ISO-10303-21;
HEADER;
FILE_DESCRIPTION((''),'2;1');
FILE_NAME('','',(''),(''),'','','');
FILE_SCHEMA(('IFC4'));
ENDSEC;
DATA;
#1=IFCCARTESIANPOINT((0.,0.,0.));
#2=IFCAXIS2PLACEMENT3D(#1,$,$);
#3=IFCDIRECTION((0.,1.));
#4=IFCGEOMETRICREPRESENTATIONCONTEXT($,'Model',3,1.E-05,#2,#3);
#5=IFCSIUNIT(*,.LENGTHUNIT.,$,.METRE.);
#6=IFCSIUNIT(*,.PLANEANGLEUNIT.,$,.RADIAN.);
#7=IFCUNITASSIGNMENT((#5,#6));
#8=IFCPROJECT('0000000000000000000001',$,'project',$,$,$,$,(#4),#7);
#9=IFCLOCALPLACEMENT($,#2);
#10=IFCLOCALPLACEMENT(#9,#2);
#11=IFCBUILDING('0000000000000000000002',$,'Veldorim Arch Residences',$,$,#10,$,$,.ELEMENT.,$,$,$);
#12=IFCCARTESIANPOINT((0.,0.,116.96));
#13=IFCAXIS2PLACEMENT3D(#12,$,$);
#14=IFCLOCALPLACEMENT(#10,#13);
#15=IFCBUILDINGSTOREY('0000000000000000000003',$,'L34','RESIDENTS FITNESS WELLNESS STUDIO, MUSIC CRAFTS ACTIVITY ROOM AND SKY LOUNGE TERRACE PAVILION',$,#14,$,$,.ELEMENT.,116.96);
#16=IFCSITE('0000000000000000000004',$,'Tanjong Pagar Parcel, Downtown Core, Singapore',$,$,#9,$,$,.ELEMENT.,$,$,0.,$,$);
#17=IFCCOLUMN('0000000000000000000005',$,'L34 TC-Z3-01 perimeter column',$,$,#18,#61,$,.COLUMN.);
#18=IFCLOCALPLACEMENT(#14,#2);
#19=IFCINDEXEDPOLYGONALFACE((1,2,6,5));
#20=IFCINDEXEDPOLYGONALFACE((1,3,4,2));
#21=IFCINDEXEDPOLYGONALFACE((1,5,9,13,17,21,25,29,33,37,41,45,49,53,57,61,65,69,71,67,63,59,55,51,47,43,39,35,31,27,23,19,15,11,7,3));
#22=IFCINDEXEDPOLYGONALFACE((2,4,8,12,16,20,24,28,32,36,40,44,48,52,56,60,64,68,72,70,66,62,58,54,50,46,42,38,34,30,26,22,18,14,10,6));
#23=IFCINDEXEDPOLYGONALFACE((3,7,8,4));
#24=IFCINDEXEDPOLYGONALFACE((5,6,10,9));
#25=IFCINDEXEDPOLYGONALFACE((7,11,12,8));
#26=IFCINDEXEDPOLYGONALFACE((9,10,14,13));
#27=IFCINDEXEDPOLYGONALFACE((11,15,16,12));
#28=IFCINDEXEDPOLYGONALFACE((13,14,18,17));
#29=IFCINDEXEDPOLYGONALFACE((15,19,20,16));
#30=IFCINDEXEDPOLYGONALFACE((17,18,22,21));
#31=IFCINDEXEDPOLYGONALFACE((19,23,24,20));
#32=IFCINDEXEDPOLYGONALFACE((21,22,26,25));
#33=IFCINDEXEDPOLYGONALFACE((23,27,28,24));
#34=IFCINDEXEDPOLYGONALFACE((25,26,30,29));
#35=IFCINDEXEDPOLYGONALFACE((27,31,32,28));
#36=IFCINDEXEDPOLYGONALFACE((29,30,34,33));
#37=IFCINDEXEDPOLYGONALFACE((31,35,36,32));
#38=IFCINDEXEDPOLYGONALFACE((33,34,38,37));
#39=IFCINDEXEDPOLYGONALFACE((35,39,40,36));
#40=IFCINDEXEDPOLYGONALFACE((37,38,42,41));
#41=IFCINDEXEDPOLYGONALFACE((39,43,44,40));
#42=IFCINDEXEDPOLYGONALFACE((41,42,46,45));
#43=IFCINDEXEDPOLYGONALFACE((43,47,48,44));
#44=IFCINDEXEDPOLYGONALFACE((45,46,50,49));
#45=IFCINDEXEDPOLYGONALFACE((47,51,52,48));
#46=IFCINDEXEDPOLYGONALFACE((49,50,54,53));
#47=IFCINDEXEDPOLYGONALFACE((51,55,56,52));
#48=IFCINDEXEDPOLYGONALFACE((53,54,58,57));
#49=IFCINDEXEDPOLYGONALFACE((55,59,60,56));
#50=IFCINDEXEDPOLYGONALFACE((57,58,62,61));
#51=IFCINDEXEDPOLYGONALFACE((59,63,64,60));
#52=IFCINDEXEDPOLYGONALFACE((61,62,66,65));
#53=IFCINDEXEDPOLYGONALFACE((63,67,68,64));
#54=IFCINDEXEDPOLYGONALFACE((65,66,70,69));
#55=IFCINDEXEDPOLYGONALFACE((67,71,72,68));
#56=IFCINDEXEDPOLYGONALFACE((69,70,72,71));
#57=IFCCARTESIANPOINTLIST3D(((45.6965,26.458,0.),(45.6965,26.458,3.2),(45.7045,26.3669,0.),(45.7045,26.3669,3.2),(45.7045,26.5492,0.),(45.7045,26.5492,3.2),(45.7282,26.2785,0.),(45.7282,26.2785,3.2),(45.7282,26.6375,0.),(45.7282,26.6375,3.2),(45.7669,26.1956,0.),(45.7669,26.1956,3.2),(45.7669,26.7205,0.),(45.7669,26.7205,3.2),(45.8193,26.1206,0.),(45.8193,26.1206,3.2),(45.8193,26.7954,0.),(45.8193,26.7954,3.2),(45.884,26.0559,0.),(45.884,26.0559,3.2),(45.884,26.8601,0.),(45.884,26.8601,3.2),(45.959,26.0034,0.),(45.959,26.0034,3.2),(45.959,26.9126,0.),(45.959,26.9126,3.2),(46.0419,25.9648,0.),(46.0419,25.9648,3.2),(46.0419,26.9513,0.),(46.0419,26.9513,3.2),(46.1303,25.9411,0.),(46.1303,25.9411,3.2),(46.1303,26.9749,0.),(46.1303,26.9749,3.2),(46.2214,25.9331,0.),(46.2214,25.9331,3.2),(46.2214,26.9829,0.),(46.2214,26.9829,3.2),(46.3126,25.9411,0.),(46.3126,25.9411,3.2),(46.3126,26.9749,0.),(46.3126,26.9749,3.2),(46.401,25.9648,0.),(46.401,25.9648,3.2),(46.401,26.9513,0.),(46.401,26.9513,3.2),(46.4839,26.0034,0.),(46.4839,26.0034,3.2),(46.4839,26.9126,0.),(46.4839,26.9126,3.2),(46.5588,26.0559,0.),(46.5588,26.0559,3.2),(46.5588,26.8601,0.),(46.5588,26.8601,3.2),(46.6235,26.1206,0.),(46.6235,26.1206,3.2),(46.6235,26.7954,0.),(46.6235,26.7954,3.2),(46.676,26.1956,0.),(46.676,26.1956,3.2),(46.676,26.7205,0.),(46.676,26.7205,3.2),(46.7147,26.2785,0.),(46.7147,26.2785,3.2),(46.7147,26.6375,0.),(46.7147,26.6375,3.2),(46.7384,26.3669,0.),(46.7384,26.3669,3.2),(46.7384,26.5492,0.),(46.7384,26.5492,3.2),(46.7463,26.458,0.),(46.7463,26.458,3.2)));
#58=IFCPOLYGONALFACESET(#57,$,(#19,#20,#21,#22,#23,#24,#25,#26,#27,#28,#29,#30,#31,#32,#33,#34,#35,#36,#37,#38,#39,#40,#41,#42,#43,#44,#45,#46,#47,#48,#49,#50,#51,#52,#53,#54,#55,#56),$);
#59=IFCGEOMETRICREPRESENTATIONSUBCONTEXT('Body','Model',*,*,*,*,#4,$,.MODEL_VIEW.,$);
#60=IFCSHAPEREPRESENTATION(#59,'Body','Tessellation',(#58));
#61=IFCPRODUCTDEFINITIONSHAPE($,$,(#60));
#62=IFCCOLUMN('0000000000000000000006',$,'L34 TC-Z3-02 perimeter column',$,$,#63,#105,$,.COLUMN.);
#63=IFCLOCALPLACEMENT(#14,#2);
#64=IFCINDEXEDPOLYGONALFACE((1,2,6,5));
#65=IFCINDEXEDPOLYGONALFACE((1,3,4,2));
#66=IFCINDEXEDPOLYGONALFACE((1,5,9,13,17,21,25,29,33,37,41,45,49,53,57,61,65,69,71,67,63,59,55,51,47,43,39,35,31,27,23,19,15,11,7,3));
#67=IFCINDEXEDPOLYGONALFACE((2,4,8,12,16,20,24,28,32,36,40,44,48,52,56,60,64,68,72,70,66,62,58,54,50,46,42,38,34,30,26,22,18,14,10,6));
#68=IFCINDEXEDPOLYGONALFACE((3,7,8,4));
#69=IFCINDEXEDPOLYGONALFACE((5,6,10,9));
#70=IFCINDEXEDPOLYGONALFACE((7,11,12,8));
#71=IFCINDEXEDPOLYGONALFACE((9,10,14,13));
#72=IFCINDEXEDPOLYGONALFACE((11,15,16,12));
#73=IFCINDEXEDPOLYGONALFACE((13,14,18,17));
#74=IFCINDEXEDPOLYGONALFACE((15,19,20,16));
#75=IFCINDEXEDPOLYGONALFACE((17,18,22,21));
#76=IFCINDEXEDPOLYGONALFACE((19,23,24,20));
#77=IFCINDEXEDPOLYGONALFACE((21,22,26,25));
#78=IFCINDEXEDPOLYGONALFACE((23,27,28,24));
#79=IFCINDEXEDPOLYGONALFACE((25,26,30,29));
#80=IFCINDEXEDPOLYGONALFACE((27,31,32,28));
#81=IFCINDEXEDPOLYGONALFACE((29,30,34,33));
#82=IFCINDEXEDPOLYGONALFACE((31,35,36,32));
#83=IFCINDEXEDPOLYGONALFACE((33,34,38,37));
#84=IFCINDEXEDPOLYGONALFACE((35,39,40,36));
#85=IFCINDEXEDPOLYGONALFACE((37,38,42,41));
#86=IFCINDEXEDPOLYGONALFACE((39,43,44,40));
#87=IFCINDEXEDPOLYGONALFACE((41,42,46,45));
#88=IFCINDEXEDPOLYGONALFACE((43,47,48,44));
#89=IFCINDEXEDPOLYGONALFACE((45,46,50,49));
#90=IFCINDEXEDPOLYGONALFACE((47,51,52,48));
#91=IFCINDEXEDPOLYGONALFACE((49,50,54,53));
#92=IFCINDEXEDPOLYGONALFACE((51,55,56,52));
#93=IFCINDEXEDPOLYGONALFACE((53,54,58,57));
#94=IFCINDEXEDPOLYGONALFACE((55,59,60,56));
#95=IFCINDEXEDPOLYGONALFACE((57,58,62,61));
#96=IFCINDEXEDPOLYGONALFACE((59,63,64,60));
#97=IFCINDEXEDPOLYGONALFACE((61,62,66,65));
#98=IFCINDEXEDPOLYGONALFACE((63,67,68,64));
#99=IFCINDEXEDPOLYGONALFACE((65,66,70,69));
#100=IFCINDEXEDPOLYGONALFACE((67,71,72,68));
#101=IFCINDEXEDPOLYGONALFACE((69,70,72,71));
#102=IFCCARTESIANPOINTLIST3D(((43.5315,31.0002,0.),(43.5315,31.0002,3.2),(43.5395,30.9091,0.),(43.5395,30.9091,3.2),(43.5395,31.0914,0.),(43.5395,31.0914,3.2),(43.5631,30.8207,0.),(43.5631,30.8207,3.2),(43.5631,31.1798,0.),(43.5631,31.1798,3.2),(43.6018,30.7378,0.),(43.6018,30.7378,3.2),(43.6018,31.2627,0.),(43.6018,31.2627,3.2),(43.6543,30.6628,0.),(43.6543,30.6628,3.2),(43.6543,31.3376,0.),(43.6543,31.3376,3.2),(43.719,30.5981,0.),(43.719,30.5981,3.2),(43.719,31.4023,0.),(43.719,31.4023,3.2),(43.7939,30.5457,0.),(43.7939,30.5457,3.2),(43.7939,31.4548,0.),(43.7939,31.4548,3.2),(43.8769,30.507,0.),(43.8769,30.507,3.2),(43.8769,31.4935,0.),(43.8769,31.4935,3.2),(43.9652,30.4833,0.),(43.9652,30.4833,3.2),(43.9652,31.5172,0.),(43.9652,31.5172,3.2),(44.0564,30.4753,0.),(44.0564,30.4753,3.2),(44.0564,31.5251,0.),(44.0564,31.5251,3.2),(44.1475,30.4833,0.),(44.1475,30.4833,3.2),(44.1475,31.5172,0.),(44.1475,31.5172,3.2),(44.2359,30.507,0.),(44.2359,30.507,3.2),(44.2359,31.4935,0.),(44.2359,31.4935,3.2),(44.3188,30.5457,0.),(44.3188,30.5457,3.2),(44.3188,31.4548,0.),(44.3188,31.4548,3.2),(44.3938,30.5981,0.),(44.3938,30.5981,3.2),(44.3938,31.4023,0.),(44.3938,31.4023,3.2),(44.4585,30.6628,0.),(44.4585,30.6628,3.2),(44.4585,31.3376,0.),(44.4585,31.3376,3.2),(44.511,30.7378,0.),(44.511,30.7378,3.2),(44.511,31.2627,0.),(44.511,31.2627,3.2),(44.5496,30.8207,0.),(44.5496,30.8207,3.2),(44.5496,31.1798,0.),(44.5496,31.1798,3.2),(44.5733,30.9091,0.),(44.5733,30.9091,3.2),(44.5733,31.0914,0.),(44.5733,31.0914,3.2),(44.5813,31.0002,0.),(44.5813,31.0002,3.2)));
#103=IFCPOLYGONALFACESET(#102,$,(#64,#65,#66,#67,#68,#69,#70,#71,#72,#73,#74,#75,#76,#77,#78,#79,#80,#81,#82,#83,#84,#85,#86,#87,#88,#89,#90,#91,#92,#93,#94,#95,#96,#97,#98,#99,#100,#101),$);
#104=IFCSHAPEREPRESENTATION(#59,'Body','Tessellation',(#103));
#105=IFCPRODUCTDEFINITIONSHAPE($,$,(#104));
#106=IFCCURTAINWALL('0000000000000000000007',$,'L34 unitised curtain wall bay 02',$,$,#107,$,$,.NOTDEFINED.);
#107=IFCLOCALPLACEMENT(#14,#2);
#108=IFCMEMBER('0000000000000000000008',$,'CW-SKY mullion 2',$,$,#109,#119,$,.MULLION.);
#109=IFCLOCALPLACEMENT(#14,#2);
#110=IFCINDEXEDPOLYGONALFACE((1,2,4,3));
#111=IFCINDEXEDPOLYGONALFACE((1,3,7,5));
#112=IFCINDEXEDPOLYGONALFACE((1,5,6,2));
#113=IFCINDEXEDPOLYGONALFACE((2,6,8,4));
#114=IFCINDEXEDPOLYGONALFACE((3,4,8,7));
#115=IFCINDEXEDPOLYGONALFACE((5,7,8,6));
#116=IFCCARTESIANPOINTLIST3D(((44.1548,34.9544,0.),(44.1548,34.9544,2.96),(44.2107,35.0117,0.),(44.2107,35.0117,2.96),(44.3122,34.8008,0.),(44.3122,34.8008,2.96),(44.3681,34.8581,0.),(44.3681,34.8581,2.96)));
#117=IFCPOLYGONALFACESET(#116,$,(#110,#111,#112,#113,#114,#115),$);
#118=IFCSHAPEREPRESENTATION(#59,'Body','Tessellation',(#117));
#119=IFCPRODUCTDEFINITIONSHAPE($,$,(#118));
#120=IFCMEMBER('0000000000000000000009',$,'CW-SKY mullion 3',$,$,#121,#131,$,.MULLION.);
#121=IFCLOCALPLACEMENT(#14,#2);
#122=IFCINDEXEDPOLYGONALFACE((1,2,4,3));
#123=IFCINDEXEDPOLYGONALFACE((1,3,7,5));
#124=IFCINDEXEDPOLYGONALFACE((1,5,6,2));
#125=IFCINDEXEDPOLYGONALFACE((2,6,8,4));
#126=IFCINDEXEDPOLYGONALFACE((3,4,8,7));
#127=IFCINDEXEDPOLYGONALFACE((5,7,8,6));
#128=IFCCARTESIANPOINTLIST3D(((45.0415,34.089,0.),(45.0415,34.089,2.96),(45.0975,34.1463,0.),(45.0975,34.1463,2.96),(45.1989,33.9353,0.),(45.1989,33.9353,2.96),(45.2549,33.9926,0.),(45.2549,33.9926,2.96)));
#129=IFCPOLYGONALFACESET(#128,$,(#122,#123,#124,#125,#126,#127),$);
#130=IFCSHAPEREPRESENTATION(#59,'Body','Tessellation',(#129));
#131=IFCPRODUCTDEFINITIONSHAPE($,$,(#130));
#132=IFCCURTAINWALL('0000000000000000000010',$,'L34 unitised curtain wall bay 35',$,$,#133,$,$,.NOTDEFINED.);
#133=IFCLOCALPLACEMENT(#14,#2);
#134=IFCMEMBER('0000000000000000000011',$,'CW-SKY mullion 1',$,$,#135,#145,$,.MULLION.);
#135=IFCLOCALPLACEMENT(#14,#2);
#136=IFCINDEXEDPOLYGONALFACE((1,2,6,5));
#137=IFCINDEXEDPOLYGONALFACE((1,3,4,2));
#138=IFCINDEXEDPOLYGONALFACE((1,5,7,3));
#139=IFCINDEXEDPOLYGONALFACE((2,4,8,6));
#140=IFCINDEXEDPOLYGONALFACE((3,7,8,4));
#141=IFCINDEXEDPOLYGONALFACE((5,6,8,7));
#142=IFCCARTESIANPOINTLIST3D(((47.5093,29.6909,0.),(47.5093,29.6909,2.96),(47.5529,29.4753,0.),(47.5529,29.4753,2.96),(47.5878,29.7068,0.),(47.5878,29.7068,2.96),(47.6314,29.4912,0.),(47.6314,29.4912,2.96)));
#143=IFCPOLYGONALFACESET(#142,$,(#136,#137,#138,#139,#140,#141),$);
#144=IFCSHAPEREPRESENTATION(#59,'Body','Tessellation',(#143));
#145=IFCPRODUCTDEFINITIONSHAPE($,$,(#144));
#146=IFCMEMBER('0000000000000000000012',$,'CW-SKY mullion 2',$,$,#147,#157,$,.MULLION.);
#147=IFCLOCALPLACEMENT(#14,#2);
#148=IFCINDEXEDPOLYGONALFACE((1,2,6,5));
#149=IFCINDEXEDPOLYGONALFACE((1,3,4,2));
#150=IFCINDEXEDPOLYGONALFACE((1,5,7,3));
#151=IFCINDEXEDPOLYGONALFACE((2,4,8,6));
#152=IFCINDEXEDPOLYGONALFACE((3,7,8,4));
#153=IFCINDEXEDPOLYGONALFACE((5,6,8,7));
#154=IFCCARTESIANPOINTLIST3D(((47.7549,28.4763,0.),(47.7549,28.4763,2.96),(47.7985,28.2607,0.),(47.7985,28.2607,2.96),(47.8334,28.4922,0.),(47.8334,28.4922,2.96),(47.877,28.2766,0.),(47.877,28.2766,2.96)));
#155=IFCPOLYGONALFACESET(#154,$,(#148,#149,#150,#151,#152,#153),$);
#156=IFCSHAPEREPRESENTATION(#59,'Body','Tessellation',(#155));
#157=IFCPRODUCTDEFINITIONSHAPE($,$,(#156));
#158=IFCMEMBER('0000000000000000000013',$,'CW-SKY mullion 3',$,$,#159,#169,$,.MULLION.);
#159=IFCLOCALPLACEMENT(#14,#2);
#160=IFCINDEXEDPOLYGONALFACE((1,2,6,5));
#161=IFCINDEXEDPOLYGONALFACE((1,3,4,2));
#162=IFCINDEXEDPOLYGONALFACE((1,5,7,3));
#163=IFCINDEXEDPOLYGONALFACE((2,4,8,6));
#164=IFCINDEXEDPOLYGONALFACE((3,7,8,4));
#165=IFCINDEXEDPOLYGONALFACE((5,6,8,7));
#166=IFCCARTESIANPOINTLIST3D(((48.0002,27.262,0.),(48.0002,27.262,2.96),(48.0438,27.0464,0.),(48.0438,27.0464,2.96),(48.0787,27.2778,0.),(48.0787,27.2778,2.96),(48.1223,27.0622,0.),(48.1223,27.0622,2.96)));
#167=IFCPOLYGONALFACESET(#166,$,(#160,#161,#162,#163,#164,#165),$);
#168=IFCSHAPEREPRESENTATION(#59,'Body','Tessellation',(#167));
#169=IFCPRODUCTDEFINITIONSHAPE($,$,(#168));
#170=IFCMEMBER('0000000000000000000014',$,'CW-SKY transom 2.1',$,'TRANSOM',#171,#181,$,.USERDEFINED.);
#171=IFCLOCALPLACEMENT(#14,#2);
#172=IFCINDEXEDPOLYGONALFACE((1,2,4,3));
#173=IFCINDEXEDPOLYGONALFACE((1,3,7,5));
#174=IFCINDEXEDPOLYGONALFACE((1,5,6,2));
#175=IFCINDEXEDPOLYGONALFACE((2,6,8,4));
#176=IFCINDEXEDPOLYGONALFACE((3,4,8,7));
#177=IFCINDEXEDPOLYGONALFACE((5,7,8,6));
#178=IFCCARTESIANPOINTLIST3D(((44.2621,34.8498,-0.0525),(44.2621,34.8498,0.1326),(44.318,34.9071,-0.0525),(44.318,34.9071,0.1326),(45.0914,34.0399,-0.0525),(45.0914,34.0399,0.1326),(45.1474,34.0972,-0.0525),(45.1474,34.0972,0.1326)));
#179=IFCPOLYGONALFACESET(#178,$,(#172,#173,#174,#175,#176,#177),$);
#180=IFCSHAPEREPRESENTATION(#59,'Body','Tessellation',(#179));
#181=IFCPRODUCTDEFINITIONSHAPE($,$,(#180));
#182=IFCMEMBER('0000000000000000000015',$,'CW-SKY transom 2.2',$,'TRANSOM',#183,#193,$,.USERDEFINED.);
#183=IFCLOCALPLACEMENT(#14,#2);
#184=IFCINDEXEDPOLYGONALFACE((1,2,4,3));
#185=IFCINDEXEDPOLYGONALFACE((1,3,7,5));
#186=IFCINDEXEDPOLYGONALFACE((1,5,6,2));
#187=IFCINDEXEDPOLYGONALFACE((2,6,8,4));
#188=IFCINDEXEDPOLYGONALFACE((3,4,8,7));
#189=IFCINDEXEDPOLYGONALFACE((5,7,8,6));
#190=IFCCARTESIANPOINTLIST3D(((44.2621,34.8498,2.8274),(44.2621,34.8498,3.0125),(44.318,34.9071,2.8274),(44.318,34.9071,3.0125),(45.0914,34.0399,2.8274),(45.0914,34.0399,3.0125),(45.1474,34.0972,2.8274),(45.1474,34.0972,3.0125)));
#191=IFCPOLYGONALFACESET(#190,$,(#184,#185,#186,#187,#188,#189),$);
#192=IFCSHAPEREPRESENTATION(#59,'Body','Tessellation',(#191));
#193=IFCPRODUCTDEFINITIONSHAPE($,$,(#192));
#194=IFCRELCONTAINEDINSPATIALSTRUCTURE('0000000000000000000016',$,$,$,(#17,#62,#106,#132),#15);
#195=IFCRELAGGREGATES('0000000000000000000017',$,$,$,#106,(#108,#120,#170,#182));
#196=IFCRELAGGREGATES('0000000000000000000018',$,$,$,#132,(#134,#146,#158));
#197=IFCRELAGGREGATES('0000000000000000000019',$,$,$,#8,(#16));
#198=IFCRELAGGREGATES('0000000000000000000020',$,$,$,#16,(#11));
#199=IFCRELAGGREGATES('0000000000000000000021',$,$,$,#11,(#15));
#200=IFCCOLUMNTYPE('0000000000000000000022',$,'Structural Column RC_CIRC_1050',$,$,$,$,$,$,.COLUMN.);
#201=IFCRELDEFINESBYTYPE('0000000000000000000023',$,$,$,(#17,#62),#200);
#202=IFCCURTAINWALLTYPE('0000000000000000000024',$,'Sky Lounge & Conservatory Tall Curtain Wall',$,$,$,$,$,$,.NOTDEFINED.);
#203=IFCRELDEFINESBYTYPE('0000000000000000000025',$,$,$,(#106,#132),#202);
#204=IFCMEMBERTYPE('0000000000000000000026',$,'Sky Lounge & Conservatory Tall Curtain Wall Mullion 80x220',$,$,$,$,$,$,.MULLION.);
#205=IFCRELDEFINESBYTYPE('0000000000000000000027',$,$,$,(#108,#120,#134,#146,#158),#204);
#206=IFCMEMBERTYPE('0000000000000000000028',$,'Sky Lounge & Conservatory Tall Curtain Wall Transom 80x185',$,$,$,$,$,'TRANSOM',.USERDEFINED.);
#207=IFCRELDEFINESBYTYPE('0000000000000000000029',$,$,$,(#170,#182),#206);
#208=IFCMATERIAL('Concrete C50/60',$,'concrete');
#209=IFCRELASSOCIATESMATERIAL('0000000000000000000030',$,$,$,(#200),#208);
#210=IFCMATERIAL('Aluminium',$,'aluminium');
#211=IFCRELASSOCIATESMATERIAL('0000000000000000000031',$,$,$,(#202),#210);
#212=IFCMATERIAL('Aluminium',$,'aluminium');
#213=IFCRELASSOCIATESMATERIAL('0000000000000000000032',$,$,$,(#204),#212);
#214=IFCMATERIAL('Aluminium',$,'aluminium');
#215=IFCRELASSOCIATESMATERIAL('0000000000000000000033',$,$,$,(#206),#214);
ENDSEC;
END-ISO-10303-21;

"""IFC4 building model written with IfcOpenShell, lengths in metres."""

from ifc_helpers import new_model, si_unit, direction, frame, origin, origin_2d, place, context, subcontext, project, spatial, rectangle, circle, extrude, material, material_profile, profile_set, type_object, element, aggregate, save


model = new_model("IFC4")

# Units and contexts
model_context = context("Model", 3, precision=1e-05, world=origin(), true_north=direction((0.0, 1.0)))
body_context = subcontext(model_context, "Body", "Model", "MODEL_VIEW")
ifc_project = project(units=[si_unit("LENGTHUNIT", "METRE"), si_unit("PLANEANGLEUNIT", "RADIAN")], contexts=[model_context])

# Site, building, storey
site_placement = place(None, origin())
site = spatial("IfcSite", under=ifc_project, at=site_placement, Name="Tanjong Pagar Parcel, Downtown Core, Singapore", CompositionType="ELEMENT", RefElevation=0.0)
building_placement = place(site_placement, origin())
building = spatial("IfcBuilding", under=site, at=building_placement, Name="Veldorim Arch Residences", CompositionType="ELEMENT")
storey_placement = place(building_placement, frame((0.0, 0.0, 116.96)))
storey = spatial("IfcBuildingStorey", under=building, at=storey_placement, Name="L34", Description="RESIDENTS FITNESS WELLNESS STUDIO, MUSIC CRAFTS ACTIVITY ROOM AND SKY LOUNGE TERRACE PAVILION", CompositionType="ELEMENT", Elevation=116.96)

# Columns
ifc_material_1 = material(Name="Concrete C50/60", Category="concrete")
ifc_material_profile_1 = material_profile(ifc_material_1, circle(Radius=0.5249, at=origin_2d()), Name="RC_CIRC_1050")
ifc_profile_set_1 = profile_set([ifc_material_profile_1], Name="Concrete C50/60")
column_type = type_object("IfcColumnType", Name="Structural Column RC_CIRC_1050", PredefinedType="COLUMN", material=ifc_profile_set_1)
for number, where, z_axis, x_axis, name in (
    (1, (46.2214, 26.458, 0.0), (0.0, 0.0, 1.0), (1.0, 0.0, 0.0), "L34 TC-Z3-01 perimeter column"),
    (2, (44.0564, 31.0002, 0.0), (0.0, 0.0, 1.0), (1.0, 0.0, 0.0), "L34 TC-Z3-02 perimeter column"),
):
    element("IfcColumn", number, at=place(storey_placement, frame(where, z_axis=z_axis, x_axis=x_axis)), inside=storey, type_object=column_type, Name=name, PredefinedType="COLUMN", context=body_context, shape_type="SweptSolid", body=[
        extrude(circle(Radius=0.5249, at=origin_2d()), origin(), (0.0, 0.0, 1.0), 3.2),
    ])

# Curtain walls, members
ifc_material_2 = material(Name="Aluminium", Category="aluminium")
curtain_wall_type = type_object("IfcCurtainWallType", Name="Sky Lounge & Conservatory Tall Curtain Wall", PredefinedType="NOTDEFINED", material=ifc_material_2)
curtain_wall_1_placement = place(storey_placement, origin())
curtain_wall_1 = element("IfcCurtainWall", 3, at=curtain_wall_1_placement, inside=storey, type_object=curtain_wall_type, Name="L34 unitised curtain wall bay 02", PredefinedType="NOTDEFINED")
ifc_material_3 = material(Name="Aluminium", Category="aluminium")
ifc_material_profile_2 = material_profile(ifc_material_3, rectangle(XDim=0.0801, YDim=0.22, at=origin_2d()), Name="ALU_MUL_80x220")
ifc_profile_set_2 = profile_set([ifc_material_profile_2], Name="Aluminium")
member_type_1 = type_object("IfcMemberType", Name="Sky Lounge & Conservatory Tall Curtain Wall Mullion 80x220", PredefinedType="MULLION", material=ifc_profile_set_2)
member_1_placement = place(storey_placement, frame((44.2615, 34.9062, 0.0), z_axis=(0.0, 0.0, 1.0), x_axis=(0.698573, 0.715538, 0.0)))
member_1 = element("IfcMember", 4, at=member_1_placement, type_object=member_type_1, Name="CW-SKY mullion 2", PredefinedType="MULLION", context=body_context, shape_type="SweptSolid", body=[
    extrude(rectangle(XDim=0.0801, YDim=0.22, at=origin_2d()), origin(), (0.0, 0.0, 1.0), 2.96),
])
member_2_placement = place(storey_placement, frame((45.1482, 34.0408, 0.0), z_axis=(0.0, 0.0, 1.0), x_axis=(0.698573, 0.715538, 0.0)))
member_2 = element("IfcMember", 5, at=member_2_placement, type_object=member_type_1, Name="CW-SKY mullion 3", PredefinedType="MULLION", context=body_context, shape_type="SweptSolid", body=[
    extrude(rectangle(XDim=0.0801, YDim=0.22, at=origin_2d()), origin(), (0.0, 0.0, 1.0), 2.96),
])
curtain_wall_2_placement = place(storey_placement, origin())
curtain_wall_2 = element("IfcCurtainWall", 6, at=curtain_wall_2_placement, inside=storey, type_object=curtain_wall_type, Name="L34 unitised curtain wall bay 35", PredefinedType="NOTDEFINED")
member_3_placement = place(storey_placement, frame((47.5703, 29.5911, 0.0), z_axis=(0.0, 0.0, 1.0), x_axis=(0.980165, 0.198183, 0.0)))
member_3 = element("IfcMember", 7, at=member_3_placement, type_object=member_type_1, Name="CW-SKY mullion 1", PredefinedType="MULLION", context=body_context, shape_type="SweptSolid", body=[
    extrude(rectangle(XDim=0.0801, YDim=0.22, at=origin_2d()), origin(), (0.0, 0.0, 1.0), 2.96),
])
member_4_placement = place(storey_placement, frame((47.8159, 28.3765, 0.0), z_axis=(0.0, 0.0, 1.0), x_axis=(0.980165, 0.198183, 0.0)))
member_4 = element("IfcMember", 8, at=member_4_placement, type_object=member_type_1, Name="CW-SKY mullion 2", PredefinedType="MULLION", context=body_context, shape_type="SweptSolid", body=[
    extrude(rectangle(XDim=0.0801, YDim=0.22, at=origin_2d()), origin(), (0.0, 0.0, 1.0), 2.96),
])
member_5_placement = place(storey_placement, frame((48.0613, 27.1621, 0.0), z_axis=(0.0, 0.0, 1.0), x_axis=(0.980165, 0.198183, 0.0)))
member_5 = element("IfcMember", 9, at=member_5_placement, type_object=member_type_1, Name="CW-SKY mullion 3", PredefinedType="MULLION", context=body_context, shape_type="SweptSolid", body=[
    extrude(rectangle(XDim=0.0801, YDim=0.22, at=origin_2d()), origin(), (0.0, 0.0, 1.0), 2.96),
])

# Members
ifc_material_4 = material(Name="Aluminium", Category="aluminium")
ifc_material_profile_3 = material_profile(ifc_material_4, rectangle(XDim=0.0801, YDim=0.1851, at=origin_2d()), Name="ALU_TRN_80x185")
ifc_profile_set_3 = profile_set([ifc_material_profile_3], Name="Aluminium")
member_type_2 = type_object("IfcMemberType", Name="Sky Lounge & Conservatory Tall Curtain Wall Transom 80x185", ElementType="TRANSOM", PredefinedType="USERDEFINED", material=ifc_profile_set_3)
member_6_placement = place(storey_placement, frame((44.29, 34.8784, 0.04), z_axis=(0.715481, -0.698632, 0.0), x_axis=(0.698632, 0.715481, 0.0)))
member_6 = element("IfcMember", 10, at=member_6_placement, type_object=member_type_2, Name="CW-SKY transom 2.1", ObjectType="TRANSOM", PredefinedType="USERDEFINED", context=body_context, shape_type="SweptSolid", body=[
    extrude(rectangle(XDim=0.0801, YDim=0.1851, at=origin_2d()), origin(), (0.0, 0.0, 1.0), 1.1592),
])
member_7_placement = place(storey_placement, frame((44.29, 34.8784, 2.9199), z_axis=(0.715481, -0.698632, 0.0), x_axis=(0.698632, 0.715481, 0.0)))
member_7 = element("IfcMember", 11, at=member_7_placement, type_object=member_type_2, Name="CW-SKY transom 2.2", ObjectType="TRANSOM", PredefinedType="USERDEFINED", context=body_context, shape_type="SweptSolid", body=[
    extrude(rectangle(XDim=0.0801, YDim=0.1851, at=origin_2d()), origin(), (0.0, 0.0, 1.0), 1.1592),
])

aggregate(curtain_wall_1, [member_1, member_2, member_6, member_7])
aggregate(curtain_wall_2, [member_3, member_4, member_5])

save(model, "model.ifc")
